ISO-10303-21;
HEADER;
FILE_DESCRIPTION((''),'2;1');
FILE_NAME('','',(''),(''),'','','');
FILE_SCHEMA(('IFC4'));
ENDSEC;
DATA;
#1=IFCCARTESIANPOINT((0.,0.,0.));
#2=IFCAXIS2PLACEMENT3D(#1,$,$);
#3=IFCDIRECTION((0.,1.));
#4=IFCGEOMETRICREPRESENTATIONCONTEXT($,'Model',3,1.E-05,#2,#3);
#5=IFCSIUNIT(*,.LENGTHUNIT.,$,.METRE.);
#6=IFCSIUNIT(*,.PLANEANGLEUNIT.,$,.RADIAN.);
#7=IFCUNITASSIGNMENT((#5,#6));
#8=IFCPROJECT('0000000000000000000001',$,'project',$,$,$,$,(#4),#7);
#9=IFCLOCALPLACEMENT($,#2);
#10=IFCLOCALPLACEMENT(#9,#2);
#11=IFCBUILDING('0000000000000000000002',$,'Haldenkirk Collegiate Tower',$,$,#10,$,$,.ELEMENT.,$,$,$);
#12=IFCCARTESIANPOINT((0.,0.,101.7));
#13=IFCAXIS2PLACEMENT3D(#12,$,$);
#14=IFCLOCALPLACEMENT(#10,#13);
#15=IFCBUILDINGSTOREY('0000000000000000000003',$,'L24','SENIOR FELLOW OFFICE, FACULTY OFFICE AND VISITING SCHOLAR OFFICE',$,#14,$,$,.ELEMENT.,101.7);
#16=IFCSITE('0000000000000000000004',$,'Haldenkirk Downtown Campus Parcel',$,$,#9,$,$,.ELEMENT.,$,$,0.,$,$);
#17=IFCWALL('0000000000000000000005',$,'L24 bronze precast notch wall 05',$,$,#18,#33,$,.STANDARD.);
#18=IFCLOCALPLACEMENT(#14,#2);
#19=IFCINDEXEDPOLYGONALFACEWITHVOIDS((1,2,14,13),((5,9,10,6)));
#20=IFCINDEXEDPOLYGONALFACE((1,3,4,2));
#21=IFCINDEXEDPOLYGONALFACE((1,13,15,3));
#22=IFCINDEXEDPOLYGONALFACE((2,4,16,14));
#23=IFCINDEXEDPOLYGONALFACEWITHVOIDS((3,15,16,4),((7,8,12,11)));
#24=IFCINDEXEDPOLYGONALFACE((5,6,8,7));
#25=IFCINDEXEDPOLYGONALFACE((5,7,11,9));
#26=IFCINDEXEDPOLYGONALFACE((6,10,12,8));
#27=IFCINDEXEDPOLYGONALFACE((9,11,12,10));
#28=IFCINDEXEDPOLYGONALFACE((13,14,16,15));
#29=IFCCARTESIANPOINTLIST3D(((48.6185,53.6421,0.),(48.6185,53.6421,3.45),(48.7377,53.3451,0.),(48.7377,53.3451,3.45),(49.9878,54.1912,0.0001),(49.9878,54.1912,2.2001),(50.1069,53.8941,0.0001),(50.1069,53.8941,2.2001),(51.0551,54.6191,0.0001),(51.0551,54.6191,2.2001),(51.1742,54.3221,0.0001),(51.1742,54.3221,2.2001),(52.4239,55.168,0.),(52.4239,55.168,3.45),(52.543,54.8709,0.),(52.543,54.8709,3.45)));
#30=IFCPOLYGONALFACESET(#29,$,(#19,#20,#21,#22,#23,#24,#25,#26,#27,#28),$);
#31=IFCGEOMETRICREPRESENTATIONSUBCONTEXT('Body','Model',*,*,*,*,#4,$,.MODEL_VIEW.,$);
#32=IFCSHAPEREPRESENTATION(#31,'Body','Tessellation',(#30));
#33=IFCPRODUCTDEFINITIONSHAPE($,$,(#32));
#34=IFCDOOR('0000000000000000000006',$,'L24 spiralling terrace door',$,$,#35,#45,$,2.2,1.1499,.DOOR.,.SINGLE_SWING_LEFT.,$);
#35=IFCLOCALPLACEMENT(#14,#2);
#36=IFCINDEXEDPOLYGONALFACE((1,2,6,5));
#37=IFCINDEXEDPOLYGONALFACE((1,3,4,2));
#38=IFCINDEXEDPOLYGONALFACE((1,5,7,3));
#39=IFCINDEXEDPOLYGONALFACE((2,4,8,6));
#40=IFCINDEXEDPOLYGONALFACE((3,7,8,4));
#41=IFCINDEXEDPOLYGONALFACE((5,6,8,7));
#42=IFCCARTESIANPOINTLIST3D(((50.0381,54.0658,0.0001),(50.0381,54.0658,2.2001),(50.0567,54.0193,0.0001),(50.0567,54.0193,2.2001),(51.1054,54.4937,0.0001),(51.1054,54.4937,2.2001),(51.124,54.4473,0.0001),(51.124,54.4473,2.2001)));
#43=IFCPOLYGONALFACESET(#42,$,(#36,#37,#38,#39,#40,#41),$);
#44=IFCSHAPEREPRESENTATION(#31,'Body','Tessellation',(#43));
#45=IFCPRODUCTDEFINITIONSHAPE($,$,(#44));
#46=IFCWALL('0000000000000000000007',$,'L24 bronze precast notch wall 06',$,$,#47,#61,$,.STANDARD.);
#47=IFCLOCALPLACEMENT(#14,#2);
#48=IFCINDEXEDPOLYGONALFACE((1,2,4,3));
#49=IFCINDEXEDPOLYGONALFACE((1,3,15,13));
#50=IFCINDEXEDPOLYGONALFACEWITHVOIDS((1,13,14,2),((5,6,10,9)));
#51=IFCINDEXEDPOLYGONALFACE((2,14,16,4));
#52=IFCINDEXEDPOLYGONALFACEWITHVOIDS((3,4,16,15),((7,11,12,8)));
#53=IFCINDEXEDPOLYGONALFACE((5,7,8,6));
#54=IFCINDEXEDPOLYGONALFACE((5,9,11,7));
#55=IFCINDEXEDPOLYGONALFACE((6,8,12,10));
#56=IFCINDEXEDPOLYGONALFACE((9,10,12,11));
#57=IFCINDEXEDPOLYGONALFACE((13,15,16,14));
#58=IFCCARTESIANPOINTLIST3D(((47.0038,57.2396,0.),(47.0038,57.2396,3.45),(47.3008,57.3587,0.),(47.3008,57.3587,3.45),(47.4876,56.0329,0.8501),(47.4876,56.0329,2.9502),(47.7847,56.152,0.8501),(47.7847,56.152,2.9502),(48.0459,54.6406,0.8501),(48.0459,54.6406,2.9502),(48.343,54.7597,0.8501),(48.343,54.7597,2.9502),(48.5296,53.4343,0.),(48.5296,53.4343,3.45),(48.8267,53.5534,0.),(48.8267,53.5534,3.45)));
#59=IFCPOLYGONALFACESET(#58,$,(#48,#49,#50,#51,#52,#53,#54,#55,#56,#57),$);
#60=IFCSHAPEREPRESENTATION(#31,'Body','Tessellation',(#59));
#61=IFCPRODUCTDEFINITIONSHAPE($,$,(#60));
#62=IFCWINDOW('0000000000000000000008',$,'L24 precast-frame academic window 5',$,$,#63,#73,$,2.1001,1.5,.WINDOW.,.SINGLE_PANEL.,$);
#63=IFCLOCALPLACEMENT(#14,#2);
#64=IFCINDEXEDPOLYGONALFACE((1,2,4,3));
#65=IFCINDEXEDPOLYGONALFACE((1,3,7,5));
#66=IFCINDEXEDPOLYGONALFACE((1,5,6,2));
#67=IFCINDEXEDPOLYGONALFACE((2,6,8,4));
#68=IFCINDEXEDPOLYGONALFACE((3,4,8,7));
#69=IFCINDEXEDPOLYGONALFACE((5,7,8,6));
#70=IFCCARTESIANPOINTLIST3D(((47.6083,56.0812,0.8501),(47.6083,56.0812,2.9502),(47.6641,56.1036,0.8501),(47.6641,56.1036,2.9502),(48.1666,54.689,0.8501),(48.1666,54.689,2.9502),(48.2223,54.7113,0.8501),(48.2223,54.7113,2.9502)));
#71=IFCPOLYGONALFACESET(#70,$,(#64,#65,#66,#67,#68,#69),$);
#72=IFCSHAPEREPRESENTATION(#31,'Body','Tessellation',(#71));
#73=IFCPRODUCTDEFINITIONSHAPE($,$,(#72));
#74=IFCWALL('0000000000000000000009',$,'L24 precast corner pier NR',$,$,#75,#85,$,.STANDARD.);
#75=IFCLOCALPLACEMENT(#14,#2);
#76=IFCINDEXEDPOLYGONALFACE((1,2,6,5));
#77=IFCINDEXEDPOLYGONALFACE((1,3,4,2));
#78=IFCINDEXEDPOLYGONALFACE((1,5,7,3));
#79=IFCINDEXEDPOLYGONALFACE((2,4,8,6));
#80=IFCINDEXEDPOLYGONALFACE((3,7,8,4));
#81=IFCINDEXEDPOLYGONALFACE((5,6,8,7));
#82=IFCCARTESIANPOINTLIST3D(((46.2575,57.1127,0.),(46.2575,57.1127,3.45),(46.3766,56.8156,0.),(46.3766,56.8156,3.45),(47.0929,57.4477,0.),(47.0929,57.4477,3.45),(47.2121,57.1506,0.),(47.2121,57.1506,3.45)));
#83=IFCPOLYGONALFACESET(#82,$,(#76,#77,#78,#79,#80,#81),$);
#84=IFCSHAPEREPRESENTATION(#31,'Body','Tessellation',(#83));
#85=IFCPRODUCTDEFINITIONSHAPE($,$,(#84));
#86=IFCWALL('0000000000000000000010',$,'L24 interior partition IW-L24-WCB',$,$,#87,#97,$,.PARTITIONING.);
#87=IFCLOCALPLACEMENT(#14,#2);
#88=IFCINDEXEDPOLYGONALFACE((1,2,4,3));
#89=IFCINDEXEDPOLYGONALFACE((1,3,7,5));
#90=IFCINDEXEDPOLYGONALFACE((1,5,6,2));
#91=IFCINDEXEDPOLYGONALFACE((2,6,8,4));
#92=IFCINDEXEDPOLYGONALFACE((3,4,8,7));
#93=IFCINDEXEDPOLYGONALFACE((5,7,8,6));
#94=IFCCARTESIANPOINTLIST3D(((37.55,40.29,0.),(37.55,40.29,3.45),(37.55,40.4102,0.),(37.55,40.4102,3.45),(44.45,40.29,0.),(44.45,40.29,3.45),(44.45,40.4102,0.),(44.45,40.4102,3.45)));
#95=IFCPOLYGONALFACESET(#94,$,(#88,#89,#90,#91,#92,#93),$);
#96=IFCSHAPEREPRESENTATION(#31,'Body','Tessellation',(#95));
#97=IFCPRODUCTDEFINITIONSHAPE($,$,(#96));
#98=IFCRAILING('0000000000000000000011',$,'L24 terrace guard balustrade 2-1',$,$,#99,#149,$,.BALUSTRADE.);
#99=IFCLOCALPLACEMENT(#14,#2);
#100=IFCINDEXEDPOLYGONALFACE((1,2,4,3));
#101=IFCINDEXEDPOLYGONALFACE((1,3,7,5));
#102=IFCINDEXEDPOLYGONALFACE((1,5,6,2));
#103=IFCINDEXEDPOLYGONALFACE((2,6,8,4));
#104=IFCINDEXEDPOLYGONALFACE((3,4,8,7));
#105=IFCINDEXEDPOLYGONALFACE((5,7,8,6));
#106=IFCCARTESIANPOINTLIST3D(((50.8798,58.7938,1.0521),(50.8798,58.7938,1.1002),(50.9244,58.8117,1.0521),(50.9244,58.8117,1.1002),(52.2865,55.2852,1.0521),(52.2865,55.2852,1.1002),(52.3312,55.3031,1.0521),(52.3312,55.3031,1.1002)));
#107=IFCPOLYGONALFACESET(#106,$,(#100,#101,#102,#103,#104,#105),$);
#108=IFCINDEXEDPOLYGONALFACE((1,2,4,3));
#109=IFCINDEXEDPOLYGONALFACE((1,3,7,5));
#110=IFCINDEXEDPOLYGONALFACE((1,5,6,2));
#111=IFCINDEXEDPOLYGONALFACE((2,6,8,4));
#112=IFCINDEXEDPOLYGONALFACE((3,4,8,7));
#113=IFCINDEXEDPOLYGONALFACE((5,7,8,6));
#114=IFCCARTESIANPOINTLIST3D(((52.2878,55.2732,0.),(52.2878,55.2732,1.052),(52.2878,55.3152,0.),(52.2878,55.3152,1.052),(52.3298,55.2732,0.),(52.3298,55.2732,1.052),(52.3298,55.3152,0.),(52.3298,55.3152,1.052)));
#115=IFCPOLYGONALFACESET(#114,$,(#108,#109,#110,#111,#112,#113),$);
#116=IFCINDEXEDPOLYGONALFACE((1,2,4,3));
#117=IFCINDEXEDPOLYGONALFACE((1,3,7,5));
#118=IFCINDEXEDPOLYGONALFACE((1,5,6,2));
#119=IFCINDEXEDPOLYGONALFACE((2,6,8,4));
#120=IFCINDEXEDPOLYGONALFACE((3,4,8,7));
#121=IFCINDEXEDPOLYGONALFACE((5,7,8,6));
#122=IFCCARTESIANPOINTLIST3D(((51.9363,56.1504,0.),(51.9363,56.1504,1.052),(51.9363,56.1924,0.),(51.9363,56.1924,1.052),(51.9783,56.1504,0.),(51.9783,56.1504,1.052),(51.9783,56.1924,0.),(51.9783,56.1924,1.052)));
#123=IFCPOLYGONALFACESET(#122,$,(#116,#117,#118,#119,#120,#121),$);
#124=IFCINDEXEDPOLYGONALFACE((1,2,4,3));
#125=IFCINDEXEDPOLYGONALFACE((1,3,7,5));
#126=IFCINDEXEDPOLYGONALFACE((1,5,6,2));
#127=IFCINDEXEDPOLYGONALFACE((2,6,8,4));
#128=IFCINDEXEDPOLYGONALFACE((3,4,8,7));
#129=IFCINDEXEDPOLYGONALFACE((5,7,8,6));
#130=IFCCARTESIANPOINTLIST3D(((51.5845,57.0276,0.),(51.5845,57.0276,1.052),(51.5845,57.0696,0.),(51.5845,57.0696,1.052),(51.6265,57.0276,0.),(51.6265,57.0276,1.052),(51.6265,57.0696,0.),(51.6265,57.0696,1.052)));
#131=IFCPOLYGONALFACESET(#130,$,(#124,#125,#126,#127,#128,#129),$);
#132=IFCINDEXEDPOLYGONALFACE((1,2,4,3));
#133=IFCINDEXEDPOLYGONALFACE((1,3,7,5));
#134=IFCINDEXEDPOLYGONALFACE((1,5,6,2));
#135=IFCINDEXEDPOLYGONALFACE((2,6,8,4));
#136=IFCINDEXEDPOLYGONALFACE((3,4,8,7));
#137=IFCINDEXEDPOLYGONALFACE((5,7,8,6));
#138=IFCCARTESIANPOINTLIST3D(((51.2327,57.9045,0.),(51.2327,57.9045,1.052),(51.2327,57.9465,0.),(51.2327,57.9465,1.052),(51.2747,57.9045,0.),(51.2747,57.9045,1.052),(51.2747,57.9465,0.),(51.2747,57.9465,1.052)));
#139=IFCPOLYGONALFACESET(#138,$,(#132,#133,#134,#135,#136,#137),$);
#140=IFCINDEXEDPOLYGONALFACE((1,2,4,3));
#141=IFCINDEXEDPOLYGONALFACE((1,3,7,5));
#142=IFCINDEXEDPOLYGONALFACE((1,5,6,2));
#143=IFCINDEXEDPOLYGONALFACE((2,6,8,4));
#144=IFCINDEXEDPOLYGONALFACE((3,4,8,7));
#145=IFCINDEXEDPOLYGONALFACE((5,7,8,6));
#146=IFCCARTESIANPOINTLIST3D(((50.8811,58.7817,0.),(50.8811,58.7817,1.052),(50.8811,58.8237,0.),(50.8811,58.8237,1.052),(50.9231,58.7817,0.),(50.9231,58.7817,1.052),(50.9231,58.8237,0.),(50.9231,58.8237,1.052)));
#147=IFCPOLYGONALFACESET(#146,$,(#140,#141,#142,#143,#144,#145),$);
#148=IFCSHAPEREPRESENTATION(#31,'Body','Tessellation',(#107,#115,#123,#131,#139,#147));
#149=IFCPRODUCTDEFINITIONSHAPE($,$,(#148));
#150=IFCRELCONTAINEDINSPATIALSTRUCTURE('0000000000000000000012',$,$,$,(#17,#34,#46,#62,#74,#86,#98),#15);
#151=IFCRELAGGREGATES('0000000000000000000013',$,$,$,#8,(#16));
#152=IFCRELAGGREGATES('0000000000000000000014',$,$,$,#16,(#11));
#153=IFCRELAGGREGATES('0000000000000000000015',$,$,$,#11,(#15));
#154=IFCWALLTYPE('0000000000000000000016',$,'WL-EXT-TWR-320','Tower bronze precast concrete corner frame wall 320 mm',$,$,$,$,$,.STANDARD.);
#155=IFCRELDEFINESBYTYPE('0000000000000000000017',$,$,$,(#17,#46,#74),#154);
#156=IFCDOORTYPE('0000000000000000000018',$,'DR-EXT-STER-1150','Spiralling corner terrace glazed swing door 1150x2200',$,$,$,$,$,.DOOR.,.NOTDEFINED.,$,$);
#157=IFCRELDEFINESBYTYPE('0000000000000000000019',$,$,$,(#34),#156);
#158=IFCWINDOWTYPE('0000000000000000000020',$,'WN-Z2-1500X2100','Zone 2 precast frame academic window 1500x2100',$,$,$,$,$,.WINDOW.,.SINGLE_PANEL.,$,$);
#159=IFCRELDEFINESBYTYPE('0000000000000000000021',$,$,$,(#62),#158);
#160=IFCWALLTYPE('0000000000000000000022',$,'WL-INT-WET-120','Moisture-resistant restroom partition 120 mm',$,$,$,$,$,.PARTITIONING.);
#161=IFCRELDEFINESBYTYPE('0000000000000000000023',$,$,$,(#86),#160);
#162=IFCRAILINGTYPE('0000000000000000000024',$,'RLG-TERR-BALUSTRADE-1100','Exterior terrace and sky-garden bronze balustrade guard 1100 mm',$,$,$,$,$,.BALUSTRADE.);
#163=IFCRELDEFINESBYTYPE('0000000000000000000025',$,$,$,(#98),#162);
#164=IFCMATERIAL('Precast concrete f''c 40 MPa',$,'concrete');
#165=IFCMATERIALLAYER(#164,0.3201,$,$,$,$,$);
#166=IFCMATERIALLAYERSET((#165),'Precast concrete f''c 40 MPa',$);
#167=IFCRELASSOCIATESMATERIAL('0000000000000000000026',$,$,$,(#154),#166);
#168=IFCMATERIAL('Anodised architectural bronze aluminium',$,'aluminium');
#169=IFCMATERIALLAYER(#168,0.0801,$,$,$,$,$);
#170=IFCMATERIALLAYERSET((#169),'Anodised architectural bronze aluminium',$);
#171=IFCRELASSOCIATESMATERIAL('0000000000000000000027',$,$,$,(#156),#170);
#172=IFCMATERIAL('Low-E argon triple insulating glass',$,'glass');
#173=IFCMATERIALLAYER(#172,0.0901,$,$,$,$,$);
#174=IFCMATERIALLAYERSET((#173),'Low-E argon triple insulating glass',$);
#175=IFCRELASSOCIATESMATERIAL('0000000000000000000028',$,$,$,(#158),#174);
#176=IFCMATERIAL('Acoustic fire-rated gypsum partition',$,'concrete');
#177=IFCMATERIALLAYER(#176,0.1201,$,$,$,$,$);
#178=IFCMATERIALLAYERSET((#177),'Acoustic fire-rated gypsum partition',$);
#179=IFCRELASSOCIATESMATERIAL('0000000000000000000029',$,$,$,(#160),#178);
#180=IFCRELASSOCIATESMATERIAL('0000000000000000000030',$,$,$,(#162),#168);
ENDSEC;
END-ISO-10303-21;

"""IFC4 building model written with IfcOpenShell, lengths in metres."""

from ifc_helpers import new_model, si_unit, direction, frame, frame_2d, origin, origin_2d, place, context, subcontext, project, spatial, rectangle, extrude, material, layer, layer_set, type_object, element, fill, save


model = new_model("IFC4")

# Units and contexts
model_context = context("Model", 3, precision=1e-05, world=origin(), true_north=direction((0.0, 1.0)))
body_context = subcontext(model_context, "Body", "Model", "MODEL_VIEW")
ifc_project = project(units=[si_unit("LENGTHUNIT", "METRE"), si_unit("PLANEANGLEUNIT", "RADIAN")], contexts=[model_context])

# Site, building, storey
site_placement = place(None, origin())
site = spatial("IfcSite", under=ifc_project, at=site_placement, Name="Haldenkirk Downtown Campus Parcel", CompositionType="ELEMENT", RefElevation=0.0)
building_placement = place(site_placement, origin())
building = spatial("IfcBuilding", under=site, at=building_placement, Name="Haldenkirk Collegiate Tower", CompositionType="ELEMENT")
storey_placement = place(building_placement, frame((0.0, 0.0, 101.7)))
storey = spatial("IfcBuildingStorey", under=building, at=storey_placement, Name="L24", Description="SENIOR FELLOW OFFICE, FACULTY OFFICE AND VISITING SCHOLAR OFFICE", CompositionType="ELEMENT", Elevation=101.7)

# Shared definitions
ifc_material_1 = material(Name="Anodised architectural bronze aluminium", Category="aluminium")

# Shared definitions
ifc_material_2 = material(Name="Low-E argon triple insulating glass", Category="glass")

# Shared definitions
ifc_material_3 = material(Name="Precast concrete f'c 40 MPa", Category="concrete")
ifc_layer_1 = layer(ifc_material_3, 0.3201)
ifc_layer_set_1 = layer_set([ifc_layer_1], Name="Precast concrete f'c 40 MPa")
wall_type_1 = type_object("IfcWallType", Name="WL-EXT-TWR-320", Description="Tower bronze precast concrete corner frame wall 320 mm", PredefinedType="STANDARD", material=ifc_layer_set_1)

# Wall, opening, door
wall_1_placement = place(storey_placement, frame((48.6782, 53.4937, 0.0), z_axis=(0.0, 0.0, 1.0), x_axis=(0.928164, 0.372171, 0.0)))
wall_1 = element("IfcWall", 1, at=wall_1_placement, inside=storey, type_object=wall_type_1, Name="L24 bronze precast notch wall 05", PredefinedType="STANDARD", context=body_context, shape_type="SweptSolid", body=[
    extrude(rectangle(XDim=4.0999, YDim=0.3201, at=frame_2d((2.0498, 0.0))), origin(), (0.0, 0.0, 1.0), 3.45),
])
opening_1_placement = place(wall_1_placement, frame((1.4751, 0.0, 0.0)))
opening_1 = element("IfcOpeningElement", 2, at=opening_1_placement, cuts=wall_1, PredefinedType="OPENING", context=body_context, shape_type="SweptSolid", body=[
    extrude(rectangle(XDim=1.1499, YDim=2.2, at=frame_2d((0.575, 1.1001))), frame((0.0, 0.1699, 0.0), z_axis=(0.0, -1.0, 0.0), x_axis=(1.0, 0.0, 0.0)), (0.0, 0.0, 1.0), 0.3401),
])
ifc_layer_2 = layer(ifc_material_1, 0.0801)
ifc_layer_set_2 = layer_set([ifc_layer_2], Name="Anodised architectural bronze aluminium")
door_type = type_object("IfcDoorType", Name="DR-EXT-STER-1150", Description="Spiralling corner terrace glazed swing door 1150x2200", OperationType="NOTDEFINED", PredefinedType="DOOR", material=ifc_layer_set_2)
door_placement = place(opening_1_placement, origin())
door = element("IfcDoor", 3, at=door_placement, inside=storey, type_object=door_type, Name="L24 spiralling terrace door", OperationType="SINGLE_SWING_LEFT", OverallHeight=2.2, OverallWidth=1.1499, PredefinedType="DOOR", context=body_context, shape_type="SweptSolid", body=[
    extrude(rectangle(XDim=1.1499, YDim=2.2, at=frame_2d((0.575, 1.1001))), frame((0.0, 0.0249, 0.0), z_axis=(0.0, -1.0, 0.0), x_axis=(1.0, 0.0, 0.0)), (0.0, 0.0, 1.0), 0.05),
])
fill(opening_1, door)

# Wall, opening, window
wall_2_placement = place(storey_placement, frame((47.1523, 57.2991, 0.0), z_axis=(0.0, 0.0, 1.0), x_axis=(0.372171, -0.928164, 0.0)))
wall_2 = element("IfcWall", 4, at=wall_2_placement, inside=storey, type_object=wall_type_1, Name="L24 bronze precast notch wall 06", PredefinedType="STANDARD", context=body_context, shape_type="SweptSolid", body=[
    extrude(rectangle(XDim=4.0999, YDim=0.3201, at=frame_2d((2.0498, 0.0))), origin(), (0.0, 0.0, 1.0), 3.45),
])
opening_2_placement = place(wall_2_placement, frame((1.3, 0.0, 0.8501)))
opening_2 = element("IfcOpeningElement", 5, at=opening_2_placement, cuts=wall_2, PredefinedType="OPENING", context=body_context, shape_type="SweptSolid", body=[
    extrude(rectangle(XDim=1.5, YDim=2.1001, at=frame_2d((0.75, 1.05))), frame((0.0, 0.1699, 0.0), z_axis=(0.0, -1.0, 0.0), x_axis=(1.0, 0.0, 0.0)), (0.0, 0.0, 1.0), 0.3401),
])
ifc_layer_3 = layer(ifc_material_2, 0.0901)
ifc_layer_set_3 = layer_set([ifc_layer_3], Name="Low-E argon triple insulating glass")
window_type = type_object("IfcWindowType", Name="WN-Z2-1500X2100", Description="Zone 2 precast frame academic window 1500x2100", PartitioningType="SINGLE_PANEL", PredefinedType="WINDOW", material=ifc_layer_set_3)
window_placement = place(opening_2_placement, origin())
window = element("IfcWindow", 6, at=window_placement, inside=storey, type_object=window_type, Name="L24 precast-frame academic window 5", OverallHeight=2.1001, OverallWidth=1.5, PartitioningType="SINGLE_PANEL", PredefinedType="WINDOW", context=body_context, shape_type="SweptSolid", body=[
    extrude(rectangle(XDim=1.5, YDim=2.1001, at=frame_2d((0.75, 1.05))), frame((0.0, 0.03, 0.0), z_axis=(0.0, -1.0, 0.0), x_axis=(1.0, 0.0, 0.0)), (0.0, 0.0, 1.0), 0.0601),
])
fill(opening_2, window)

# Walls
wall_3_placement = place(storey_placement, frame((46.3169, 56.9641, 0.0), z_axis=(0.0, 0.0, 1.0), x_axis=(0.928177, 0.372139, 0.0)))
element("IfcWall", 7, at=wall_3_placement, inside=storey, type_object=wall_type_1, Name="L24 precast corner pier NR", PredefinedType="STANDARD", context=body_context, shape_type="SweptSolid", body=[
    extrude(rectangle(XDim=0.9001, YDim=0.3201, at=frame_2d((0.4502, 0.0))), origin(), (0.0, 0.0, 1.0), 3.45),
])
ifc_material_4 = material(Name="Acoustic fire-rated gypsum partition", Category="concrete")
ifc_layer_4 = layer(ifc_material_4, 0.1201)
ifc_layer_set_4 = layer_set([ifc_layer_4], Name="Acoustic fire-rated gypsum partition")
wall_type_2 = type_object("IfcWallType", Name="WL-INT-WET-120", Description="Moisture-resistant restroom partition 120 mm", PredefinedType="PARTITIONING", material=ifc_layer_set_4)
wall_4_placement = place(storey_placement, frame((37.55, 40.3501, 0.0), z_axis=(0.0, 0.0, 1.0), x_axis=(1.0, 0.0, 0.0)))
element("IfcWall", 8, at=wall_4_placement, inside=storey, type_object=wall_type_2, Name="L24 interior partition IW-L24-WCB", PredefinedType="PARTITIONING", context=body_context, shape_type="SweptSolid", body=[
    extrude(rectangle(XDim=6.8999, YDim=0.1201, at=frame_2d((3.45, 0.0))), origin(), (0.0, 0.0, 1.0), 3.45),
])

# Railing
railing_type = type_object("IfcRailingType", Name="RLG-TERR-BALUSTRADE-1100", Description="Exterior terrace and sky-garden bronze balustrade guard 1100 mm", PredefinedType="BALUSTRADE", material=ifc_material_1)
railing_1_placement = place(storey_placement, frame((52.3088, 55.2942, 0.0)))
element("IfcRailing", 9, at=railing_1_placement, inside=storey, type_object=railing_type, Name="L24 terrace guard balustrade 2-1", PredefinedType="BALUSTRADE", context=body_context, shape_type="SweptSolid", body=[
    extrude(rectangle(XDim=0.0481, YDim=0.0481, at=origin_2d()), frame((0.0, 0.0, 1.0762), z_axis=(-0.372148, 0.928173, 0.0), x_axis=(-0.928173, -0.372148, 0.0)), (0.0, 0.0, 1.0), 3.78),
    extrude(rectangle(XDim=0.042, YDim=0.042, at=origin_2d()), origin(), (0.0, 0.0, 1.0), 1.052),
    extrude(rectangle(XDim=0.042, YDim=0.042, at=origin_2d()), frame((-0.3516, 0.8772, 0.0)), (0.0, 0.0, 1.0), 1.052),
    extrude(rectangle(XDim=0.042, YDim=0.042, at=origin_2d()), frame((-0.7034, 1.7544, 0.0)), (0.0, 0.0, 1.0), 1.052),
    extrude(rectangle(XDim=0.042, YDim=0.042, at=origin_2d()), frame((-1.0552, 2.6313, 0.0)), (0.0, 0.0, 1.0), 1.052),
    extrude(rectangle(XDim=0.042, YDim=0.042, at=origin_2d()), frame((-1.4067, 3.5085, 0.0)), (0.0, 0.0, 1.0), 1.052),
])

save(model, "model.ifc")
